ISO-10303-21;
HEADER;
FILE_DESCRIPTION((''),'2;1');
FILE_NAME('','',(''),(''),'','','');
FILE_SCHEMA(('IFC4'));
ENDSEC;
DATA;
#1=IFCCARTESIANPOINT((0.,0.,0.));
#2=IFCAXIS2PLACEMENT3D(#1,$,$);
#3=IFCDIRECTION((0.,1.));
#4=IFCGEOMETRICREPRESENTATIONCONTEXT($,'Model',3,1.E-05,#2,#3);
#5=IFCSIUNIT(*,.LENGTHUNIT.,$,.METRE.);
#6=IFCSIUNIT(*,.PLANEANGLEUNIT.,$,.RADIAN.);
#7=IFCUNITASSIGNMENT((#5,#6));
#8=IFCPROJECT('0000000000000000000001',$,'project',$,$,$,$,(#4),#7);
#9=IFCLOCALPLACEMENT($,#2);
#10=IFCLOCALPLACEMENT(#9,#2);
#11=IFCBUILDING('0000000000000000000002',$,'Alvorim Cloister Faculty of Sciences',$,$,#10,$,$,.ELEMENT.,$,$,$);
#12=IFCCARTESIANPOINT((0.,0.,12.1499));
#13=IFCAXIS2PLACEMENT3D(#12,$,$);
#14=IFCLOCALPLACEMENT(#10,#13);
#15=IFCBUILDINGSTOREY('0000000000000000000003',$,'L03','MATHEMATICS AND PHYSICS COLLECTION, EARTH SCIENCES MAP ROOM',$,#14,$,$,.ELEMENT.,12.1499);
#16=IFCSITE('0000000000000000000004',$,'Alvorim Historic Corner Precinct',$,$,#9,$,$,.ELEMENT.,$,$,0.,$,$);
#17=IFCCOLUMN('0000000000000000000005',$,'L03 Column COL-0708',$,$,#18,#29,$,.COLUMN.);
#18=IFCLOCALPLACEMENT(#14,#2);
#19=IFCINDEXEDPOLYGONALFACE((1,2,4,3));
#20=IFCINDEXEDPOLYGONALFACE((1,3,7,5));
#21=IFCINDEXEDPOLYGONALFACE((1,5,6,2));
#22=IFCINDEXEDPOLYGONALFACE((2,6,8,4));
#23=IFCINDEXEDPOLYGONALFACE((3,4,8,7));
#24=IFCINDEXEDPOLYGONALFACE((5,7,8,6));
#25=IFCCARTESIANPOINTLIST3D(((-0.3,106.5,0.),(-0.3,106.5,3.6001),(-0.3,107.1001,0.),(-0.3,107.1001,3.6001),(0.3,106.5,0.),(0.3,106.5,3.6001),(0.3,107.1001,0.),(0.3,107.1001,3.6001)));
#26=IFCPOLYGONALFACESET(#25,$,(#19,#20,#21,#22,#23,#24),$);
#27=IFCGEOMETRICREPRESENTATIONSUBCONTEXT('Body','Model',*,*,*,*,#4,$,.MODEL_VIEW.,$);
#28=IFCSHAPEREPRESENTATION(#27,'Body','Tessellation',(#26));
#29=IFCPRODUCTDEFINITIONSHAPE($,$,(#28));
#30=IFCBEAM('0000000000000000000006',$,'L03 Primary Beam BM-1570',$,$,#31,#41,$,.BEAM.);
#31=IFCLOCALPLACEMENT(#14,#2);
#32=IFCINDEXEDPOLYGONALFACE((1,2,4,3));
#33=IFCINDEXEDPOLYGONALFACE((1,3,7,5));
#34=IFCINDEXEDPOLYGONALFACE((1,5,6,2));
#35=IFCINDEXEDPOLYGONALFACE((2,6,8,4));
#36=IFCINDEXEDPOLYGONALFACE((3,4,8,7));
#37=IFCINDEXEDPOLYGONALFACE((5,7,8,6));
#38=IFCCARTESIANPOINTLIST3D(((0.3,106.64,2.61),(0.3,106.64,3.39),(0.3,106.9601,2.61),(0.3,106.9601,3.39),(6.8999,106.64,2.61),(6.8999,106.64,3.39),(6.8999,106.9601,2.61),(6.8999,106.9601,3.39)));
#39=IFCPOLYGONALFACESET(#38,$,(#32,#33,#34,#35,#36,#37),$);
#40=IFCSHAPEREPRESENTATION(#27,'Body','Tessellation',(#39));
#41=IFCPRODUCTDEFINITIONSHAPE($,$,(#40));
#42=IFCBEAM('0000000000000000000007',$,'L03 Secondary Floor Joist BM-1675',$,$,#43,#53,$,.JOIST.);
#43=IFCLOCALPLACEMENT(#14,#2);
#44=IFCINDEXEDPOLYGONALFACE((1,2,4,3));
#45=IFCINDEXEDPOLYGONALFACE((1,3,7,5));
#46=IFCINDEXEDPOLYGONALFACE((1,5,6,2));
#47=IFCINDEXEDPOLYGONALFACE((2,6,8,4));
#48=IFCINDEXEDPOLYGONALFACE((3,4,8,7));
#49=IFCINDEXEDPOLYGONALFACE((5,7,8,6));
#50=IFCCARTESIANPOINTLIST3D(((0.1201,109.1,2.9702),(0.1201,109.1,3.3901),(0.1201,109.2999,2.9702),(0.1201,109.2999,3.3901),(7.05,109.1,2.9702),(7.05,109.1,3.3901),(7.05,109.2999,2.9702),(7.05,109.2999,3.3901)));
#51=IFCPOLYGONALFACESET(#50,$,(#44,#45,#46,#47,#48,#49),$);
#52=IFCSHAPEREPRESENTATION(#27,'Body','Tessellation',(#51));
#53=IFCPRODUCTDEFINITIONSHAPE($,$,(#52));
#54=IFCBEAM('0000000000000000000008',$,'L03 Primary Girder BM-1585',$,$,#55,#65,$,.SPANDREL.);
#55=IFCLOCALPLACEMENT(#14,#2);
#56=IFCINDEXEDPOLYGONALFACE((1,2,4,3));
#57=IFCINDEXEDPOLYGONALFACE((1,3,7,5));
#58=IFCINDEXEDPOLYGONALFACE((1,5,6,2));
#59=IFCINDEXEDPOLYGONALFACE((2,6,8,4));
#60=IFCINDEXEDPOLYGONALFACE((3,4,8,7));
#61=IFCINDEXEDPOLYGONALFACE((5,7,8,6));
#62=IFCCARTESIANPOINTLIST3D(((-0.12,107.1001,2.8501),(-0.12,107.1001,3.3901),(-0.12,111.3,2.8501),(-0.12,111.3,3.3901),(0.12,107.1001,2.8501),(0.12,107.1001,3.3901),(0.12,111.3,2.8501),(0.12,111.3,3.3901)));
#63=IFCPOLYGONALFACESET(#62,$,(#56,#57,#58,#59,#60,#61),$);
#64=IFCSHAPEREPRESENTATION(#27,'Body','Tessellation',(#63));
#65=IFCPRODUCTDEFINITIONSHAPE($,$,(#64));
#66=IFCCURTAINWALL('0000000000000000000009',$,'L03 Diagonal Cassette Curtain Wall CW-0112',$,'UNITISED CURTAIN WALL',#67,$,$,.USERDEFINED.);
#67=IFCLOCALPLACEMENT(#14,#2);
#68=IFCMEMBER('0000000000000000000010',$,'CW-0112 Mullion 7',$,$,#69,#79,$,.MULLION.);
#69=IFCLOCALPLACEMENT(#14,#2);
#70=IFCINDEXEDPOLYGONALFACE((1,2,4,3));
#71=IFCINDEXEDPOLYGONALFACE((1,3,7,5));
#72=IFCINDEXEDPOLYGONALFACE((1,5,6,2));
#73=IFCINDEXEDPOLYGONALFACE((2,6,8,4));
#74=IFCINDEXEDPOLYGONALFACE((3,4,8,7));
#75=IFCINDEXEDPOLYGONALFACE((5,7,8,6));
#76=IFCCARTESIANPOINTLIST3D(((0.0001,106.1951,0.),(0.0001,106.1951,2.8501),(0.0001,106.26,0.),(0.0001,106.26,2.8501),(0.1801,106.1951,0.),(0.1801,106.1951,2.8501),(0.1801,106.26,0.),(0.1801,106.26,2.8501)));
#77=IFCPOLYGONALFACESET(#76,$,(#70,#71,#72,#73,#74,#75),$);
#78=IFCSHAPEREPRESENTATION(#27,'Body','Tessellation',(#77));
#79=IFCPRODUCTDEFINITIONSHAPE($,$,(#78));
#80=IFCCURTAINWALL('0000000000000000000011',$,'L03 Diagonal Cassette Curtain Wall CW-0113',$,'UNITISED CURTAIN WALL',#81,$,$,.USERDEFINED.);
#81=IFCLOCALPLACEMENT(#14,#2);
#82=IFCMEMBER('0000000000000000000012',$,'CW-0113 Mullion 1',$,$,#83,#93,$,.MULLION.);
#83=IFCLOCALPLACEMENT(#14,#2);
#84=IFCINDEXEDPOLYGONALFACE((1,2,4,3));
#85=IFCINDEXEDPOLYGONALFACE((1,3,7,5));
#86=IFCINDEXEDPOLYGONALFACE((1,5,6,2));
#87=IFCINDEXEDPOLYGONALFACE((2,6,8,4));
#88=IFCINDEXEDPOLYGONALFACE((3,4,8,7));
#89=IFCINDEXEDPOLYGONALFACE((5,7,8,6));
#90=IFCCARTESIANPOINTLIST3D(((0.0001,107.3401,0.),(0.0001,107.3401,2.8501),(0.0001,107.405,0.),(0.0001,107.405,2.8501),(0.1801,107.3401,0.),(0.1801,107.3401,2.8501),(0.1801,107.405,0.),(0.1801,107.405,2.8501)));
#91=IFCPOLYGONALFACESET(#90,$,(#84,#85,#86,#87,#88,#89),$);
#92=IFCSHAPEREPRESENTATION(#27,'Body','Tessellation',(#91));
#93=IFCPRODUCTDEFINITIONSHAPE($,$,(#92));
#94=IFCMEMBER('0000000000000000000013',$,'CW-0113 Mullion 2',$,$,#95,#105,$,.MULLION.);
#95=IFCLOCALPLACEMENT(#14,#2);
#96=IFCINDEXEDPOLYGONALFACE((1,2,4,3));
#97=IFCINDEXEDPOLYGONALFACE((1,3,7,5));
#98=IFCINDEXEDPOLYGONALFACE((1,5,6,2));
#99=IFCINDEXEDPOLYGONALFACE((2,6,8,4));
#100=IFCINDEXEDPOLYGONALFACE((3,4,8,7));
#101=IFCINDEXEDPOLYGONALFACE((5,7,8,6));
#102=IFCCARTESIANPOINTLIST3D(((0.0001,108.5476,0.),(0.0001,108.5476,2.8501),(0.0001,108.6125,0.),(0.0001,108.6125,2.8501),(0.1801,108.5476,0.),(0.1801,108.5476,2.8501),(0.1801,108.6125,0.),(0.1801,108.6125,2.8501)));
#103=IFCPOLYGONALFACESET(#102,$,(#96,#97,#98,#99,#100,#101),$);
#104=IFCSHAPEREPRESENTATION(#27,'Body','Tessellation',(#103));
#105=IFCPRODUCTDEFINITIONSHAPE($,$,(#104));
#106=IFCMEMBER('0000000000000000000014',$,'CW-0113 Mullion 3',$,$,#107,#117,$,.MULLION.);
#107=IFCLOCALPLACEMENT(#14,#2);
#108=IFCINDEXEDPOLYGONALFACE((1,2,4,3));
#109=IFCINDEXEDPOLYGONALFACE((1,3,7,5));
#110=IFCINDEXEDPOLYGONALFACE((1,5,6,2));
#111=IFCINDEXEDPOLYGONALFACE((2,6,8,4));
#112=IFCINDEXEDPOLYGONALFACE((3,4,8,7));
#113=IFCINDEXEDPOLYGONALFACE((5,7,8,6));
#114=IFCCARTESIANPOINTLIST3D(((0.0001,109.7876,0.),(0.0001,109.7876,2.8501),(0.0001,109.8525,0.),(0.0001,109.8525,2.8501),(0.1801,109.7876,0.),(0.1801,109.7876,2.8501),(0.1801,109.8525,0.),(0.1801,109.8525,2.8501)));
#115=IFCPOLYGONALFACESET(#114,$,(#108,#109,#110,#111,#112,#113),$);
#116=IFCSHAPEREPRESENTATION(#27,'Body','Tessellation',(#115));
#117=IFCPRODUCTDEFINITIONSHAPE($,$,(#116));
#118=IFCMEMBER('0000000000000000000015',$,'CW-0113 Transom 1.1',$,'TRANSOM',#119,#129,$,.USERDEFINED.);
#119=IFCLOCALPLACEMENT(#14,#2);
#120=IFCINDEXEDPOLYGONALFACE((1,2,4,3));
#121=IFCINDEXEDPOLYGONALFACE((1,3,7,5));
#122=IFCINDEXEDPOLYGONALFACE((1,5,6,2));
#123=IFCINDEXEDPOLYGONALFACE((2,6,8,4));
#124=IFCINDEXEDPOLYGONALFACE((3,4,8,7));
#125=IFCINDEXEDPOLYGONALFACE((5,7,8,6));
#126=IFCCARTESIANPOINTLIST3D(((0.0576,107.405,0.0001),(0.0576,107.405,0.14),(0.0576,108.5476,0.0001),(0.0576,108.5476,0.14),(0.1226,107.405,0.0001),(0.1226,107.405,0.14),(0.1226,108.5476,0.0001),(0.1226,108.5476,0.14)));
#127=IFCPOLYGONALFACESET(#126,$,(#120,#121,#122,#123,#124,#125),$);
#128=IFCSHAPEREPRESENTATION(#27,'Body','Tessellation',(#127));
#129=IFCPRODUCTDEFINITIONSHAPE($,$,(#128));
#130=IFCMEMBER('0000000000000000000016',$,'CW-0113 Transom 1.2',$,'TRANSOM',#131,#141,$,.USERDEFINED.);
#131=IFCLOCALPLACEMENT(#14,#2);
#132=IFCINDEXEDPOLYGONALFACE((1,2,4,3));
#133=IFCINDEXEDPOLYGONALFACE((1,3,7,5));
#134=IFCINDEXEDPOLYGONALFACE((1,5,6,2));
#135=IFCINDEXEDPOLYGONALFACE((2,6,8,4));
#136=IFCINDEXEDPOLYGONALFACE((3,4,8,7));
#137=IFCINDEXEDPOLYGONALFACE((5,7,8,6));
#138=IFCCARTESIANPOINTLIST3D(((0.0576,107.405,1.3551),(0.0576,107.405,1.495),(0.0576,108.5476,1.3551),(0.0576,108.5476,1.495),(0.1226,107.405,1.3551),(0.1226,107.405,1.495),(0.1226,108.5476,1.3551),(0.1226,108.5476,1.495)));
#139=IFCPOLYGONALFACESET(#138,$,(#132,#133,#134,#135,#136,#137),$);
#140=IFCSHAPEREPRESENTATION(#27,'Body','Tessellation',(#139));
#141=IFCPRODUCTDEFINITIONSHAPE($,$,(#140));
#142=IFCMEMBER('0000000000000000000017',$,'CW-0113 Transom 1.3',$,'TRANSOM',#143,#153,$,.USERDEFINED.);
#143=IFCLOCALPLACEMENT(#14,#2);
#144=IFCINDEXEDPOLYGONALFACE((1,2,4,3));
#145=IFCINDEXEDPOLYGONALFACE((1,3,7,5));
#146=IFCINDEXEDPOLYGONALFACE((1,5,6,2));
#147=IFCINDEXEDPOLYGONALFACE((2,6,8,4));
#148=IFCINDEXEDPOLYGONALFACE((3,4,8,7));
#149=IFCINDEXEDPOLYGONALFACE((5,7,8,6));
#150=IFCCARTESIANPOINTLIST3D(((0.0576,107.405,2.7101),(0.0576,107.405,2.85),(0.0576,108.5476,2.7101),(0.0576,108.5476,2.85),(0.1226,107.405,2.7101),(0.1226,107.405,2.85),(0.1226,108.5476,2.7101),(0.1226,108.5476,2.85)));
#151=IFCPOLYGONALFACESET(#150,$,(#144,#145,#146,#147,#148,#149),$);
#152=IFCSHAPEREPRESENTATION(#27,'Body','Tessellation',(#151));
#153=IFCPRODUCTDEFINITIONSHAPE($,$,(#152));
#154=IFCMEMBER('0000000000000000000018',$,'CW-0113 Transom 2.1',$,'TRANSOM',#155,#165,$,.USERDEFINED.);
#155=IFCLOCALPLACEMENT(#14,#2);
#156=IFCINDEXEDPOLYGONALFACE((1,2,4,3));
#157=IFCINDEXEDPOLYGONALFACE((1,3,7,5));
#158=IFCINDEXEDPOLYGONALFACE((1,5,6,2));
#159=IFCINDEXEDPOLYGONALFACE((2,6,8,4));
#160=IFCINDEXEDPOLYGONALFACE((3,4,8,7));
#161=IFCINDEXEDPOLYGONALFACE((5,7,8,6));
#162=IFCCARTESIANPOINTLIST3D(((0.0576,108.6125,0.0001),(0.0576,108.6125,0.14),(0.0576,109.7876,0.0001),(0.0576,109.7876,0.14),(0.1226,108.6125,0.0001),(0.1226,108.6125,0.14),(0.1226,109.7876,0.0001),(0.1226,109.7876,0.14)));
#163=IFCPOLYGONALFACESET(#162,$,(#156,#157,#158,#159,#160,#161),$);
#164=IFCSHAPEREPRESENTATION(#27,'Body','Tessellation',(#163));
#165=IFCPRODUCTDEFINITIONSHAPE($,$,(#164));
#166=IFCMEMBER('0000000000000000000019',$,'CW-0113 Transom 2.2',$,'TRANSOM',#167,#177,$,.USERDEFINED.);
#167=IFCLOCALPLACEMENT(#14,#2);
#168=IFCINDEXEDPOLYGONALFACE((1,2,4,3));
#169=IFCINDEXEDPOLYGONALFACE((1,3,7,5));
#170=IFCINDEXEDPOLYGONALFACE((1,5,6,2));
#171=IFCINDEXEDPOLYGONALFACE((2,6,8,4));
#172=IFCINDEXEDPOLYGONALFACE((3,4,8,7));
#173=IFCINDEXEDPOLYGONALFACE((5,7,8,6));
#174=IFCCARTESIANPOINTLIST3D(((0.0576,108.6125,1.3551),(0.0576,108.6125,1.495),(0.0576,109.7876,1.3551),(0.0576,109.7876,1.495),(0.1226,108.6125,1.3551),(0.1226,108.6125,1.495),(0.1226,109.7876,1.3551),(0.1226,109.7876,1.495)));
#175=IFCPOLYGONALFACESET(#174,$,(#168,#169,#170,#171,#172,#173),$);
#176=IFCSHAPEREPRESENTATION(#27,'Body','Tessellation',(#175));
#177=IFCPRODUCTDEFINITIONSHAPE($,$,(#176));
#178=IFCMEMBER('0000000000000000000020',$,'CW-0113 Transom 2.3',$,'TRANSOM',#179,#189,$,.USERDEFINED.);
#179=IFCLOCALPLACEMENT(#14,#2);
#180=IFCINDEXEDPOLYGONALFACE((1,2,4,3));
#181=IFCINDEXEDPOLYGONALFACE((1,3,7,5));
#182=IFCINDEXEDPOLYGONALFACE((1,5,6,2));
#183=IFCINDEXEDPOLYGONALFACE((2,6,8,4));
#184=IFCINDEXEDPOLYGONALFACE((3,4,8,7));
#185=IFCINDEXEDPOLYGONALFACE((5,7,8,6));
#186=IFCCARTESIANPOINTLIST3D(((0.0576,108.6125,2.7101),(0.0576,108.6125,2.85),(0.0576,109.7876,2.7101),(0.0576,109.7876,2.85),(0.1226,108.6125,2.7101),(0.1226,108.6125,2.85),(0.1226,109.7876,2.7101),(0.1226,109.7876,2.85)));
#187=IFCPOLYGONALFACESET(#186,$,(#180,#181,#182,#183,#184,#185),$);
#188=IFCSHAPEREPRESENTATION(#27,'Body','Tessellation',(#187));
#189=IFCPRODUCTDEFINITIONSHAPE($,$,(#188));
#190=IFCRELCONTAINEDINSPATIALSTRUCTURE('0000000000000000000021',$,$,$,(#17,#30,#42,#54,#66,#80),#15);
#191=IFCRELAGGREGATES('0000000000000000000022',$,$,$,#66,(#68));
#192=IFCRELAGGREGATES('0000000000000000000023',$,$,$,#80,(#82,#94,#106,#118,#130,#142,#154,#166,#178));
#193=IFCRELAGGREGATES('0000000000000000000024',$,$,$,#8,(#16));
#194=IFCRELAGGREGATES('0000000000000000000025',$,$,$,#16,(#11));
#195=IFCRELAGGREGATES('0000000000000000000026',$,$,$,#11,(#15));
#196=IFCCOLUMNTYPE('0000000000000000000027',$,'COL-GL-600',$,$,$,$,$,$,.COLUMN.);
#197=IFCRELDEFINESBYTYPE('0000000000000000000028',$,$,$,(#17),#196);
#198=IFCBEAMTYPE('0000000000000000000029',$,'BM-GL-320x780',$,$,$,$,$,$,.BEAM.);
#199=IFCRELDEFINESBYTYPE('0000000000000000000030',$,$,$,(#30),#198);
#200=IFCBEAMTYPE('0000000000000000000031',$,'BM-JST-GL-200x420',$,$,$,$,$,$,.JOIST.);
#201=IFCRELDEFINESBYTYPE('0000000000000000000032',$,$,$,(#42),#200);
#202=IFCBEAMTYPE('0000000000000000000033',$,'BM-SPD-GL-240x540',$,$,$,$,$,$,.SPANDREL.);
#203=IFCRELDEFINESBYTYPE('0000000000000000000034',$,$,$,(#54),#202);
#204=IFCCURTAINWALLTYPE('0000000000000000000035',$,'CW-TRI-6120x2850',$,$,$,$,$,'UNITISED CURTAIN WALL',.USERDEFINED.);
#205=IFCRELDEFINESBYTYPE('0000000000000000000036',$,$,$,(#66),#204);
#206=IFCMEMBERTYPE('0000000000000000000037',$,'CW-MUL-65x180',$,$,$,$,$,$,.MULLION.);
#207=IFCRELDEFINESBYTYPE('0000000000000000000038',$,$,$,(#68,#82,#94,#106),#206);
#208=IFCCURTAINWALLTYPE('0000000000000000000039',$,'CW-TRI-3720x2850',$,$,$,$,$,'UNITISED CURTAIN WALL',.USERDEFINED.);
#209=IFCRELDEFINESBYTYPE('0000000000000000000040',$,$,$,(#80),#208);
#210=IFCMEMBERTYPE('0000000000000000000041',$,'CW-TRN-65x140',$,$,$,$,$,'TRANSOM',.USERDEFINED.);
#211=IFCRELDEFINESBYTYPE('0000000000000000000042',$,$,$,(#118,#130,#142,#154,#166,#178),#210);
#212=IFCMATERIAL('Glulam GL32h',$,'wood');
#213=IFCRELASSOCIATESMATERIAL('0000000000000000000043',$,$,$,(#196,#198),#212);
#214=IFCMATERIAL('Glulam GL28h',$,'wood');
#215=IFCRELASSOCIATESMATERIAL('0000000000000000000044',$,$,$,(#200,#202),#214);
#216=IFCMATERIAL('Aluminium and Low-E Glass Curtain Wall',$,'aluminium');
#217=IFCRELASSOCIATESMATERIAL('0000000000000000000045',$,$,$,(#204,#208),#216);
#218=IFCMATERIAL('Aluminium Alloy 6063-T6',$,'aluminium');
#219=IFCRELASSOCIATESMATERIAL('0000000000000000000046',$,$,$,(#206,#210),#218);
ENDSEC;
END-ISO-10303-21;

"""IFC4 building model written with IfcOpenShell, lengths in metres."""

from ifc_helpers import new_model, si_unit, direction, frame, origin, origin_2d, place, context, subcontext, project, spatial, rectangle, extrude, material, material_profile, profile_set, type_object, element, aggregate, save


model = new_model("IFC4")

# Units and contexts
model_context = context("Model", 3, precision=1e-05, world=origin(), true_north=direction((0.0, 1.0)))
body_context = subcontext(model_context, "Body", "Model", "MODEL_VIEW")
ifc_project = project(units=[si_unit("LENGTHUNIT", "METRE"), si_unit("PLANEANGLEUNIT", "RADIAN")], contexts=[model_context])

# Site, building, storey
site_placement = place(None, origin())
site = spatial("IfcSite", under=ifc_project, at=site_placement, Name="Alvorim Historic Corner Precinct", CompositionType="ELEMENT", RefElevation=0.0)
building_placement = place(site_placement, origin())
building = spatial("IfcBuilding", under=site, at=building_placement, Name="Alvorim Cloister Faculty of Sciences", CompositionType="ELEMENT")
storey_placement = place(building_placement, frame((0.0, 0.0, 12.1499)))
storey = spatial("IfcBuildingStorey", under=building, at=storey_placement, Name="L03", Description="MATHEMATICS AND PHYSICS COLLECTION, EARTH SCIENCES MAP ROOM", CompositionType="ELEMENT", Elevation=12.1499)

# Column
ifc_material_1 = material(Name="Glulam GL32h", Category="wood")
ifc_material_profile_1 = material_profile(ifc_material_1, rectangle(XDim=0.6001, YDim=0.6001, at=origin_2d()), Name="GL32-COL-600x600")
ifc_profile_set_1 = profile_set([ifc_material_profile_1], Name="Glulam GL32h")
column_type = type_object("IfcColumnType", Name="COL-GL-600", PredefinedType="COLUMN", material=ifc_profile_set_1)
column_placement = place(storey_placement, frame((0.0, 106.8, 0.0), z_axis=(0.0, 0.0, 1.0), x_axis=(1.0, 0.0, 0.0)))
element("IfcColumn", 1, at=column_placement, inside=storey, type_object=column_type, Name="L03 Column COL-0708", PredefinedType="COLUMN", context=body_context, shape_type="SweptSolid", body=[
    extrude(rectangle(XDim=0.6001, YDim=0.6001, at=origin_2d()), origin(), (0.0, 0.0, 1.0), 3.6001),
])

# Beams
ifc_material_profile_2 = material_profile(ifc_material_1, rectangle(XDim=0.3201, YDim=0.78, at=origin_2d()), Name="GL32-BM-320x780")
ifc_profile_set_2 = profile_set([ifc_material_profile_2], Name="Glulam GL32h")
beam_type_1 = type_object("IfcBeamType", Name="BM-GL-320x780", PredefinedType="BEAM", material=ifc_profile_set_2)
beam_1_placement = place(storey_placement, frame((0.3, 106.8, 3.0), z_axis=(1.0, 0.0, 0.0), x_axis=(0.0, 1.0, 0.0)))
element("IfcBeam", 2, at=beam_1_placement, inside=storey, type_object=beam_type_1, Name="L03 Primary Beam BM-1570", PredefinedType="BEAM", context=body_context, shape_type="SweptSolid", body=[
    extrude(rectangle(XDim=0.3201, YDim=0.78, at=origin_2d()), origin(), (0.0, 0.0, 1.0), 6.5999),
])
ifc_material_2 = material(Name="Glulam GL28h", Category="wood")
ifc_material_profile_3 = material_profile(ifc_material_2, rectangle(XDim=0.2, YDim=0.4199, at=origin_2d()), Name="GL28-JST-200x420")
ifc_profile_set_3 = profile_set([ifc_material_profile_3], Name="Glulam GL28h")
beam_type_2 = type_object("IfcBeamType", Name="BM-JST-GL-200x420", PredefinedType="JOIST", material=ifc_profile_set_3)
beam_2_placement = place(storey_placement, frame((0.1201, 109.2, 3.1802), z_axis=(1.0, 0.0, 0.0), x_axis=(0.0, 1.0, 0.0)))
element("IfcBeam", 3, at=beam_2_placement, inside=storey, type_object=beam_type_2, Name="L03 Secondary Floor Joist BM-1675", PredefinedType="JOIST", context=body_context, shape_type="SweptSolid", body=[
    extrude(rectangle(XDim=0.2, YDim=0.4199, at=origin_2d()), origin(), (0.0, 0.0, 1.0), 6.9299),
])
ifc_material_profile_4 = material_profile(ifc_material_2, rectangle(XDim=0.24, YDim=0.54, at=origin_2d()), Name="GL28-SPD-240x540")
ifc_profile_set_4 = profile_set([ifc_material_profile_4], Name="Glulam GL28h")
beam_type_3 = type_object("IfcBeamType", Name="BM-SPD-GL-240x540", PredefinedType="SPANDREL", material=ifc_profile_set_4)
beam_3_placement = place(storey_placement, frame((0.0, 107.1001, 3.1201), z_axis=(0.0, 1.0, 0.0), x_axis=(-1.0, 0.0, 0.0)))
element("IfcBeam", 4, at=beam_3_placement, inside=storey, type_object=beam_type_3, Name="L03 Primary Girder BM-1585", PredefinedType="SPANDREL", context=body_context, shape_type="SweptSolid", body=[
    extrude(rectangle(XDim=0.24, YDim=0.54, at=origin_2d()), origin(), (0.0, 0.0, 1.0), 4.2),
])

# Curtain wall, member
ifc_material_3 = material(Name="Aluminium and Low-E Glass Curtain Wall", Category="aluminium")
curtain_wall_type_1 = type_object("IfcCurtainWallType", Name="CW-TRI-6120x2850", ElementType="UNITISED CURTAIN WALL", PredefinedType="USERDEFINED", material=ifc_material_3)
curtain_wall_1_placement = place(storey_placement, origin())
curtain_wall_1 = element("IfcCurtainWall", 5, at=curtain_wall_1_placement, inside=storey, type_object=curtain_wall_type_1, Name="L03 Diagonal Cassette Curtain Wall CW-0112", ObjectType="UNITISED CURTAIN WALL", PredefinedType="USERDEFINED")
ifc_material_4 = material(Name="Aluminium Alloy 6063-T6", Category="aluminium")
ifc_material_profile_5 = material_profile(ifc_material_4, rectangle(XDim=0.0649, YDim=0.1799, at=origin_2d()), Name="ALU-MUL-65x180")
ifc_profile_set_5 = profile_set([ifc_material_profile_5], Name="Aluminium Alloy 6063-T6")
member_type_1 = type_object("IfcMemberType", Name="CW-MUL-65x180", PredefinedType="MULLION", material=ifc_profile_set_5)
member_1_placement = place(storey_placement, frame((0.0901, 106.2275, 0.0), z_axis=(0.0, 0.0, 1.0), x_axis=(0.0, 1.0, 0.0)))
member_1 = element("IfcMember", 6, at=member_1_placement, type_object=member_type_1, Name="CW-0112 Mullion 7", PredefinedType="MULLION", context=body_context, shape_type="SweptSolid", body=[
    extrude(rectangle(XDim=0.0649, YDim=0.1799, at=origin_2d()), origin(), (0.0, 0.0, 1.0), 2.8501),
])
aggregate(curtain_wall_1, [member_1])

# Curtain wall, members
curtain_wall_type_2 = type_object("IfcCurtainWallType", Name="CW-TRI-3720x2850", ElementType="UNITISED CURTAIN WALL", PredefinedType="USERDEFINED", material=ifc_material_3)
curtain_wall_2_placement = place(storey_placement, origin())
curtain_wall_2 = element("IfcCurtainWall", 7, at=curtain_wall_2_placement, inside=storey, type_object=curtain_wall_type_2, Name="L03 Diagonal Cassette Curtain Wall CW-0113", ObjectType="UNITISED CURTAIN WALL", PredefinedType="USERDEFINED")
member_2_placement = place(storey_placement, frame((0.0901, 107.3726, 0.0), z_axis=(0.0, 0.0, 1.0), x_axis=(0.0, 1.0, 0.0)))
member_2 = element("IfcMember", 8, at=member_2_placement, type_object=member_type_1, Name="CW-0113 Mullion 1", PredefinedType="MULLION", context=body_context, shape_type="SweptSolid", body=[
    extrude(rectangle(XDim=0.0649, YDim=0.1799, at=origin_2d()), origin(), (0.0, 0.0, 1.0), 2.8501),
])
member_3_placement = place(storey_placement, frame((0.0901, 108.5801, 0.0), z_axis=(0.0, 0.0, 1.0), x_axis=(0.0, 1.0, 0.0)))
member_3 = element("IfcMember", 9, at=member_3_placement, type_object=member_type_1, Name="CW-0113 Mullion 2", PredefinedType="MULLION", context=body_context, shape_type="SweptSolid", body=[
    extrude(rectangle(XDim=0.0649, YDim=0.1799, at=origin_2d()), origin(), (0.0, 0.0, 1.0), 2.8501),
])
member_4_placement = place(storey_placement, frame((0.0901, 109.8201, 0.0), z_axis=(0.0, 0.0, 1.0), x_axis=(0.0, 1.0, 0.0)))
member_4 = element("IfcMember", 10, at=member_4_placement, type_object=member_type_1, Name="CW-0113 Mullion 3", PredefinedType="MULLION", context=body_context, shape_type="SweptSolid", body=[
    extrude(rectangle(XDim=0.0649, YDim=0.1799, at=origin_2d()), origin(), (0.0, 0.0, 1.0), 2.8501),
])
ifc_material_profile_6 = material_profile(ifc_material_4, rectangle(XDim=0.0649, YDim=0.1399, at=origin_2d()), Name="ALU-TRN-65x140")
ifc_profile_set_6 = profile_set([ifc_material_profile_6], Name="Aluminium Alloy 6063-T6")
member_type_2 = type_object("IfcMemberType", Name="CW-TRN-65x140", ElementType="TRANSOM", PredefinedType="USERDEFINED", material=ifc_profile_set_6)
member_5_placement = place(storey_placement, frame((0.0901, 107.405, 0.0701), z_axis=(0.0, 1.0, 0.0), x_axis=(-1.0, 0.0, 0.0)))
member_5 = element("IfcMember", 11, at=member_5_placement, type_object=member_type_2, Name="CW-0113 Transom 1.1", ObjectType="TRANSOM", PredefinedType="USERDEFINED", context=body_context, shape_type="SweptSolid", body=[
    extrude(rectangle(XDim=0.0649, YDim=0.1399, at=origin_2d()), origin(), (0.0, 0.0, 1.0), 1.1426),
])
member_6_placement = place(storey_placement, frame((0.0901, 107.405, 1.425), z_axis=(0.0, 1.0, 0.0), x_axis=(-1.0, 0.0, 0.0)))
member_6 = element("IfcMember", 12, at=member_6_placement, type_object=member_type_2, Name="CW-0113 Transom 1.2", ObjectType="TRANSOM", PredefinedType="USERDEFINED", context=body_context, shape_type="SweptSolid", body=[
    extrude(rectangle(XDim=0.0649, YDim=0.1399, at=origin_2d()), origin(), (0.0, 0.0, 1.0), 1.1426),
])
member_7_placement = place(storey_placement, frame((0.0901, 107.405, 2.78), z_axis=(0.0, 1.0, 0.0), x_axis=(-1.0, 0.0, 0.0)))
member_7 = element("IfcMember", 13, at=member_7_placement, type_object=member_type_2, Name="CW-0113 Transom 1.3", ObjectType="TRANSOM", PredefinedType="USERDEFINED", context=body_context, shape_type="SweptSolid", body=[
    extrude(rectangle(XDim=0.0649, YDim=0.1399, at=origin_2d()), origin(), (0.0, 0.0, 1.0), 1.1426),
])
member_8_placement = place(storey_placement, frame((0.0901, 108.6125, 0.0701), z_axis=(0.0, 1.0, 0.0), x_axis=(-1.0, 0.0, 0.0)))
member_8 = element("IfcMember", 14, at=member_8_placement, type_object=member_type_2, Name="CW-0113 Transom 2.1", ObjectType="TRANSOM", PredefinedType="USERDEFINED", context=body_context, shape_type="SweptSolid", body=[
    extrude(rectangle(XDim=0.0649, YDim=0.1399, at=origin_2d()), origin(), (0.0, 0.0, 1.0), 1.175),
])
member_9_placement = place(storey_placement, frame((0.0901, 108.6125, 1.425), z_axis=(0.0, 1.0, 0.0), x_axis=(-1.0, 0.0, 0.0)))
member_9 = element("IfcMember", 15, at=member_9_placement, type_object=member_type_2, Name="CW-0113 Transom 2.2", ObjectType="TRANSOM", PredefinedType="USERDEFINED", context=body_context, shape_type="SweptSolid", body=[
    extrude(rectangle(XDim=0.0649, YDim=0.1399, at=origin_2d()), origin(), (0.0, 0.0, 1.0), 1.175),
])
member_10_placement = place(storey_placement, frame((0.0901, 108.6125, 2.78), z_axis=(0.0, 1.0, 0.0), x_axis=(-1.0, 0.0, 0.0)))
member_10 = element("IfcMember", 16, at=member_10_placement, type_object=member_type_2, Name="CW-0113 Transom 2.3", ObjectType="TRANSOM", PredefinedType="USERDEFINED", context=body_context, shape_type="SweptSolid", body=[
    extrude(rectangle(XDim=0.0649, YDim=0.1399, at=origin_2d()), origin(), (0.0, 0.0, 1.0), 1.175),
])
aggregate(curtain_wall_2, [member_2, member_3, member_4, member_5, member_6, member_7, member_8, member_9, member_10])

save(model, "model.ifc")
